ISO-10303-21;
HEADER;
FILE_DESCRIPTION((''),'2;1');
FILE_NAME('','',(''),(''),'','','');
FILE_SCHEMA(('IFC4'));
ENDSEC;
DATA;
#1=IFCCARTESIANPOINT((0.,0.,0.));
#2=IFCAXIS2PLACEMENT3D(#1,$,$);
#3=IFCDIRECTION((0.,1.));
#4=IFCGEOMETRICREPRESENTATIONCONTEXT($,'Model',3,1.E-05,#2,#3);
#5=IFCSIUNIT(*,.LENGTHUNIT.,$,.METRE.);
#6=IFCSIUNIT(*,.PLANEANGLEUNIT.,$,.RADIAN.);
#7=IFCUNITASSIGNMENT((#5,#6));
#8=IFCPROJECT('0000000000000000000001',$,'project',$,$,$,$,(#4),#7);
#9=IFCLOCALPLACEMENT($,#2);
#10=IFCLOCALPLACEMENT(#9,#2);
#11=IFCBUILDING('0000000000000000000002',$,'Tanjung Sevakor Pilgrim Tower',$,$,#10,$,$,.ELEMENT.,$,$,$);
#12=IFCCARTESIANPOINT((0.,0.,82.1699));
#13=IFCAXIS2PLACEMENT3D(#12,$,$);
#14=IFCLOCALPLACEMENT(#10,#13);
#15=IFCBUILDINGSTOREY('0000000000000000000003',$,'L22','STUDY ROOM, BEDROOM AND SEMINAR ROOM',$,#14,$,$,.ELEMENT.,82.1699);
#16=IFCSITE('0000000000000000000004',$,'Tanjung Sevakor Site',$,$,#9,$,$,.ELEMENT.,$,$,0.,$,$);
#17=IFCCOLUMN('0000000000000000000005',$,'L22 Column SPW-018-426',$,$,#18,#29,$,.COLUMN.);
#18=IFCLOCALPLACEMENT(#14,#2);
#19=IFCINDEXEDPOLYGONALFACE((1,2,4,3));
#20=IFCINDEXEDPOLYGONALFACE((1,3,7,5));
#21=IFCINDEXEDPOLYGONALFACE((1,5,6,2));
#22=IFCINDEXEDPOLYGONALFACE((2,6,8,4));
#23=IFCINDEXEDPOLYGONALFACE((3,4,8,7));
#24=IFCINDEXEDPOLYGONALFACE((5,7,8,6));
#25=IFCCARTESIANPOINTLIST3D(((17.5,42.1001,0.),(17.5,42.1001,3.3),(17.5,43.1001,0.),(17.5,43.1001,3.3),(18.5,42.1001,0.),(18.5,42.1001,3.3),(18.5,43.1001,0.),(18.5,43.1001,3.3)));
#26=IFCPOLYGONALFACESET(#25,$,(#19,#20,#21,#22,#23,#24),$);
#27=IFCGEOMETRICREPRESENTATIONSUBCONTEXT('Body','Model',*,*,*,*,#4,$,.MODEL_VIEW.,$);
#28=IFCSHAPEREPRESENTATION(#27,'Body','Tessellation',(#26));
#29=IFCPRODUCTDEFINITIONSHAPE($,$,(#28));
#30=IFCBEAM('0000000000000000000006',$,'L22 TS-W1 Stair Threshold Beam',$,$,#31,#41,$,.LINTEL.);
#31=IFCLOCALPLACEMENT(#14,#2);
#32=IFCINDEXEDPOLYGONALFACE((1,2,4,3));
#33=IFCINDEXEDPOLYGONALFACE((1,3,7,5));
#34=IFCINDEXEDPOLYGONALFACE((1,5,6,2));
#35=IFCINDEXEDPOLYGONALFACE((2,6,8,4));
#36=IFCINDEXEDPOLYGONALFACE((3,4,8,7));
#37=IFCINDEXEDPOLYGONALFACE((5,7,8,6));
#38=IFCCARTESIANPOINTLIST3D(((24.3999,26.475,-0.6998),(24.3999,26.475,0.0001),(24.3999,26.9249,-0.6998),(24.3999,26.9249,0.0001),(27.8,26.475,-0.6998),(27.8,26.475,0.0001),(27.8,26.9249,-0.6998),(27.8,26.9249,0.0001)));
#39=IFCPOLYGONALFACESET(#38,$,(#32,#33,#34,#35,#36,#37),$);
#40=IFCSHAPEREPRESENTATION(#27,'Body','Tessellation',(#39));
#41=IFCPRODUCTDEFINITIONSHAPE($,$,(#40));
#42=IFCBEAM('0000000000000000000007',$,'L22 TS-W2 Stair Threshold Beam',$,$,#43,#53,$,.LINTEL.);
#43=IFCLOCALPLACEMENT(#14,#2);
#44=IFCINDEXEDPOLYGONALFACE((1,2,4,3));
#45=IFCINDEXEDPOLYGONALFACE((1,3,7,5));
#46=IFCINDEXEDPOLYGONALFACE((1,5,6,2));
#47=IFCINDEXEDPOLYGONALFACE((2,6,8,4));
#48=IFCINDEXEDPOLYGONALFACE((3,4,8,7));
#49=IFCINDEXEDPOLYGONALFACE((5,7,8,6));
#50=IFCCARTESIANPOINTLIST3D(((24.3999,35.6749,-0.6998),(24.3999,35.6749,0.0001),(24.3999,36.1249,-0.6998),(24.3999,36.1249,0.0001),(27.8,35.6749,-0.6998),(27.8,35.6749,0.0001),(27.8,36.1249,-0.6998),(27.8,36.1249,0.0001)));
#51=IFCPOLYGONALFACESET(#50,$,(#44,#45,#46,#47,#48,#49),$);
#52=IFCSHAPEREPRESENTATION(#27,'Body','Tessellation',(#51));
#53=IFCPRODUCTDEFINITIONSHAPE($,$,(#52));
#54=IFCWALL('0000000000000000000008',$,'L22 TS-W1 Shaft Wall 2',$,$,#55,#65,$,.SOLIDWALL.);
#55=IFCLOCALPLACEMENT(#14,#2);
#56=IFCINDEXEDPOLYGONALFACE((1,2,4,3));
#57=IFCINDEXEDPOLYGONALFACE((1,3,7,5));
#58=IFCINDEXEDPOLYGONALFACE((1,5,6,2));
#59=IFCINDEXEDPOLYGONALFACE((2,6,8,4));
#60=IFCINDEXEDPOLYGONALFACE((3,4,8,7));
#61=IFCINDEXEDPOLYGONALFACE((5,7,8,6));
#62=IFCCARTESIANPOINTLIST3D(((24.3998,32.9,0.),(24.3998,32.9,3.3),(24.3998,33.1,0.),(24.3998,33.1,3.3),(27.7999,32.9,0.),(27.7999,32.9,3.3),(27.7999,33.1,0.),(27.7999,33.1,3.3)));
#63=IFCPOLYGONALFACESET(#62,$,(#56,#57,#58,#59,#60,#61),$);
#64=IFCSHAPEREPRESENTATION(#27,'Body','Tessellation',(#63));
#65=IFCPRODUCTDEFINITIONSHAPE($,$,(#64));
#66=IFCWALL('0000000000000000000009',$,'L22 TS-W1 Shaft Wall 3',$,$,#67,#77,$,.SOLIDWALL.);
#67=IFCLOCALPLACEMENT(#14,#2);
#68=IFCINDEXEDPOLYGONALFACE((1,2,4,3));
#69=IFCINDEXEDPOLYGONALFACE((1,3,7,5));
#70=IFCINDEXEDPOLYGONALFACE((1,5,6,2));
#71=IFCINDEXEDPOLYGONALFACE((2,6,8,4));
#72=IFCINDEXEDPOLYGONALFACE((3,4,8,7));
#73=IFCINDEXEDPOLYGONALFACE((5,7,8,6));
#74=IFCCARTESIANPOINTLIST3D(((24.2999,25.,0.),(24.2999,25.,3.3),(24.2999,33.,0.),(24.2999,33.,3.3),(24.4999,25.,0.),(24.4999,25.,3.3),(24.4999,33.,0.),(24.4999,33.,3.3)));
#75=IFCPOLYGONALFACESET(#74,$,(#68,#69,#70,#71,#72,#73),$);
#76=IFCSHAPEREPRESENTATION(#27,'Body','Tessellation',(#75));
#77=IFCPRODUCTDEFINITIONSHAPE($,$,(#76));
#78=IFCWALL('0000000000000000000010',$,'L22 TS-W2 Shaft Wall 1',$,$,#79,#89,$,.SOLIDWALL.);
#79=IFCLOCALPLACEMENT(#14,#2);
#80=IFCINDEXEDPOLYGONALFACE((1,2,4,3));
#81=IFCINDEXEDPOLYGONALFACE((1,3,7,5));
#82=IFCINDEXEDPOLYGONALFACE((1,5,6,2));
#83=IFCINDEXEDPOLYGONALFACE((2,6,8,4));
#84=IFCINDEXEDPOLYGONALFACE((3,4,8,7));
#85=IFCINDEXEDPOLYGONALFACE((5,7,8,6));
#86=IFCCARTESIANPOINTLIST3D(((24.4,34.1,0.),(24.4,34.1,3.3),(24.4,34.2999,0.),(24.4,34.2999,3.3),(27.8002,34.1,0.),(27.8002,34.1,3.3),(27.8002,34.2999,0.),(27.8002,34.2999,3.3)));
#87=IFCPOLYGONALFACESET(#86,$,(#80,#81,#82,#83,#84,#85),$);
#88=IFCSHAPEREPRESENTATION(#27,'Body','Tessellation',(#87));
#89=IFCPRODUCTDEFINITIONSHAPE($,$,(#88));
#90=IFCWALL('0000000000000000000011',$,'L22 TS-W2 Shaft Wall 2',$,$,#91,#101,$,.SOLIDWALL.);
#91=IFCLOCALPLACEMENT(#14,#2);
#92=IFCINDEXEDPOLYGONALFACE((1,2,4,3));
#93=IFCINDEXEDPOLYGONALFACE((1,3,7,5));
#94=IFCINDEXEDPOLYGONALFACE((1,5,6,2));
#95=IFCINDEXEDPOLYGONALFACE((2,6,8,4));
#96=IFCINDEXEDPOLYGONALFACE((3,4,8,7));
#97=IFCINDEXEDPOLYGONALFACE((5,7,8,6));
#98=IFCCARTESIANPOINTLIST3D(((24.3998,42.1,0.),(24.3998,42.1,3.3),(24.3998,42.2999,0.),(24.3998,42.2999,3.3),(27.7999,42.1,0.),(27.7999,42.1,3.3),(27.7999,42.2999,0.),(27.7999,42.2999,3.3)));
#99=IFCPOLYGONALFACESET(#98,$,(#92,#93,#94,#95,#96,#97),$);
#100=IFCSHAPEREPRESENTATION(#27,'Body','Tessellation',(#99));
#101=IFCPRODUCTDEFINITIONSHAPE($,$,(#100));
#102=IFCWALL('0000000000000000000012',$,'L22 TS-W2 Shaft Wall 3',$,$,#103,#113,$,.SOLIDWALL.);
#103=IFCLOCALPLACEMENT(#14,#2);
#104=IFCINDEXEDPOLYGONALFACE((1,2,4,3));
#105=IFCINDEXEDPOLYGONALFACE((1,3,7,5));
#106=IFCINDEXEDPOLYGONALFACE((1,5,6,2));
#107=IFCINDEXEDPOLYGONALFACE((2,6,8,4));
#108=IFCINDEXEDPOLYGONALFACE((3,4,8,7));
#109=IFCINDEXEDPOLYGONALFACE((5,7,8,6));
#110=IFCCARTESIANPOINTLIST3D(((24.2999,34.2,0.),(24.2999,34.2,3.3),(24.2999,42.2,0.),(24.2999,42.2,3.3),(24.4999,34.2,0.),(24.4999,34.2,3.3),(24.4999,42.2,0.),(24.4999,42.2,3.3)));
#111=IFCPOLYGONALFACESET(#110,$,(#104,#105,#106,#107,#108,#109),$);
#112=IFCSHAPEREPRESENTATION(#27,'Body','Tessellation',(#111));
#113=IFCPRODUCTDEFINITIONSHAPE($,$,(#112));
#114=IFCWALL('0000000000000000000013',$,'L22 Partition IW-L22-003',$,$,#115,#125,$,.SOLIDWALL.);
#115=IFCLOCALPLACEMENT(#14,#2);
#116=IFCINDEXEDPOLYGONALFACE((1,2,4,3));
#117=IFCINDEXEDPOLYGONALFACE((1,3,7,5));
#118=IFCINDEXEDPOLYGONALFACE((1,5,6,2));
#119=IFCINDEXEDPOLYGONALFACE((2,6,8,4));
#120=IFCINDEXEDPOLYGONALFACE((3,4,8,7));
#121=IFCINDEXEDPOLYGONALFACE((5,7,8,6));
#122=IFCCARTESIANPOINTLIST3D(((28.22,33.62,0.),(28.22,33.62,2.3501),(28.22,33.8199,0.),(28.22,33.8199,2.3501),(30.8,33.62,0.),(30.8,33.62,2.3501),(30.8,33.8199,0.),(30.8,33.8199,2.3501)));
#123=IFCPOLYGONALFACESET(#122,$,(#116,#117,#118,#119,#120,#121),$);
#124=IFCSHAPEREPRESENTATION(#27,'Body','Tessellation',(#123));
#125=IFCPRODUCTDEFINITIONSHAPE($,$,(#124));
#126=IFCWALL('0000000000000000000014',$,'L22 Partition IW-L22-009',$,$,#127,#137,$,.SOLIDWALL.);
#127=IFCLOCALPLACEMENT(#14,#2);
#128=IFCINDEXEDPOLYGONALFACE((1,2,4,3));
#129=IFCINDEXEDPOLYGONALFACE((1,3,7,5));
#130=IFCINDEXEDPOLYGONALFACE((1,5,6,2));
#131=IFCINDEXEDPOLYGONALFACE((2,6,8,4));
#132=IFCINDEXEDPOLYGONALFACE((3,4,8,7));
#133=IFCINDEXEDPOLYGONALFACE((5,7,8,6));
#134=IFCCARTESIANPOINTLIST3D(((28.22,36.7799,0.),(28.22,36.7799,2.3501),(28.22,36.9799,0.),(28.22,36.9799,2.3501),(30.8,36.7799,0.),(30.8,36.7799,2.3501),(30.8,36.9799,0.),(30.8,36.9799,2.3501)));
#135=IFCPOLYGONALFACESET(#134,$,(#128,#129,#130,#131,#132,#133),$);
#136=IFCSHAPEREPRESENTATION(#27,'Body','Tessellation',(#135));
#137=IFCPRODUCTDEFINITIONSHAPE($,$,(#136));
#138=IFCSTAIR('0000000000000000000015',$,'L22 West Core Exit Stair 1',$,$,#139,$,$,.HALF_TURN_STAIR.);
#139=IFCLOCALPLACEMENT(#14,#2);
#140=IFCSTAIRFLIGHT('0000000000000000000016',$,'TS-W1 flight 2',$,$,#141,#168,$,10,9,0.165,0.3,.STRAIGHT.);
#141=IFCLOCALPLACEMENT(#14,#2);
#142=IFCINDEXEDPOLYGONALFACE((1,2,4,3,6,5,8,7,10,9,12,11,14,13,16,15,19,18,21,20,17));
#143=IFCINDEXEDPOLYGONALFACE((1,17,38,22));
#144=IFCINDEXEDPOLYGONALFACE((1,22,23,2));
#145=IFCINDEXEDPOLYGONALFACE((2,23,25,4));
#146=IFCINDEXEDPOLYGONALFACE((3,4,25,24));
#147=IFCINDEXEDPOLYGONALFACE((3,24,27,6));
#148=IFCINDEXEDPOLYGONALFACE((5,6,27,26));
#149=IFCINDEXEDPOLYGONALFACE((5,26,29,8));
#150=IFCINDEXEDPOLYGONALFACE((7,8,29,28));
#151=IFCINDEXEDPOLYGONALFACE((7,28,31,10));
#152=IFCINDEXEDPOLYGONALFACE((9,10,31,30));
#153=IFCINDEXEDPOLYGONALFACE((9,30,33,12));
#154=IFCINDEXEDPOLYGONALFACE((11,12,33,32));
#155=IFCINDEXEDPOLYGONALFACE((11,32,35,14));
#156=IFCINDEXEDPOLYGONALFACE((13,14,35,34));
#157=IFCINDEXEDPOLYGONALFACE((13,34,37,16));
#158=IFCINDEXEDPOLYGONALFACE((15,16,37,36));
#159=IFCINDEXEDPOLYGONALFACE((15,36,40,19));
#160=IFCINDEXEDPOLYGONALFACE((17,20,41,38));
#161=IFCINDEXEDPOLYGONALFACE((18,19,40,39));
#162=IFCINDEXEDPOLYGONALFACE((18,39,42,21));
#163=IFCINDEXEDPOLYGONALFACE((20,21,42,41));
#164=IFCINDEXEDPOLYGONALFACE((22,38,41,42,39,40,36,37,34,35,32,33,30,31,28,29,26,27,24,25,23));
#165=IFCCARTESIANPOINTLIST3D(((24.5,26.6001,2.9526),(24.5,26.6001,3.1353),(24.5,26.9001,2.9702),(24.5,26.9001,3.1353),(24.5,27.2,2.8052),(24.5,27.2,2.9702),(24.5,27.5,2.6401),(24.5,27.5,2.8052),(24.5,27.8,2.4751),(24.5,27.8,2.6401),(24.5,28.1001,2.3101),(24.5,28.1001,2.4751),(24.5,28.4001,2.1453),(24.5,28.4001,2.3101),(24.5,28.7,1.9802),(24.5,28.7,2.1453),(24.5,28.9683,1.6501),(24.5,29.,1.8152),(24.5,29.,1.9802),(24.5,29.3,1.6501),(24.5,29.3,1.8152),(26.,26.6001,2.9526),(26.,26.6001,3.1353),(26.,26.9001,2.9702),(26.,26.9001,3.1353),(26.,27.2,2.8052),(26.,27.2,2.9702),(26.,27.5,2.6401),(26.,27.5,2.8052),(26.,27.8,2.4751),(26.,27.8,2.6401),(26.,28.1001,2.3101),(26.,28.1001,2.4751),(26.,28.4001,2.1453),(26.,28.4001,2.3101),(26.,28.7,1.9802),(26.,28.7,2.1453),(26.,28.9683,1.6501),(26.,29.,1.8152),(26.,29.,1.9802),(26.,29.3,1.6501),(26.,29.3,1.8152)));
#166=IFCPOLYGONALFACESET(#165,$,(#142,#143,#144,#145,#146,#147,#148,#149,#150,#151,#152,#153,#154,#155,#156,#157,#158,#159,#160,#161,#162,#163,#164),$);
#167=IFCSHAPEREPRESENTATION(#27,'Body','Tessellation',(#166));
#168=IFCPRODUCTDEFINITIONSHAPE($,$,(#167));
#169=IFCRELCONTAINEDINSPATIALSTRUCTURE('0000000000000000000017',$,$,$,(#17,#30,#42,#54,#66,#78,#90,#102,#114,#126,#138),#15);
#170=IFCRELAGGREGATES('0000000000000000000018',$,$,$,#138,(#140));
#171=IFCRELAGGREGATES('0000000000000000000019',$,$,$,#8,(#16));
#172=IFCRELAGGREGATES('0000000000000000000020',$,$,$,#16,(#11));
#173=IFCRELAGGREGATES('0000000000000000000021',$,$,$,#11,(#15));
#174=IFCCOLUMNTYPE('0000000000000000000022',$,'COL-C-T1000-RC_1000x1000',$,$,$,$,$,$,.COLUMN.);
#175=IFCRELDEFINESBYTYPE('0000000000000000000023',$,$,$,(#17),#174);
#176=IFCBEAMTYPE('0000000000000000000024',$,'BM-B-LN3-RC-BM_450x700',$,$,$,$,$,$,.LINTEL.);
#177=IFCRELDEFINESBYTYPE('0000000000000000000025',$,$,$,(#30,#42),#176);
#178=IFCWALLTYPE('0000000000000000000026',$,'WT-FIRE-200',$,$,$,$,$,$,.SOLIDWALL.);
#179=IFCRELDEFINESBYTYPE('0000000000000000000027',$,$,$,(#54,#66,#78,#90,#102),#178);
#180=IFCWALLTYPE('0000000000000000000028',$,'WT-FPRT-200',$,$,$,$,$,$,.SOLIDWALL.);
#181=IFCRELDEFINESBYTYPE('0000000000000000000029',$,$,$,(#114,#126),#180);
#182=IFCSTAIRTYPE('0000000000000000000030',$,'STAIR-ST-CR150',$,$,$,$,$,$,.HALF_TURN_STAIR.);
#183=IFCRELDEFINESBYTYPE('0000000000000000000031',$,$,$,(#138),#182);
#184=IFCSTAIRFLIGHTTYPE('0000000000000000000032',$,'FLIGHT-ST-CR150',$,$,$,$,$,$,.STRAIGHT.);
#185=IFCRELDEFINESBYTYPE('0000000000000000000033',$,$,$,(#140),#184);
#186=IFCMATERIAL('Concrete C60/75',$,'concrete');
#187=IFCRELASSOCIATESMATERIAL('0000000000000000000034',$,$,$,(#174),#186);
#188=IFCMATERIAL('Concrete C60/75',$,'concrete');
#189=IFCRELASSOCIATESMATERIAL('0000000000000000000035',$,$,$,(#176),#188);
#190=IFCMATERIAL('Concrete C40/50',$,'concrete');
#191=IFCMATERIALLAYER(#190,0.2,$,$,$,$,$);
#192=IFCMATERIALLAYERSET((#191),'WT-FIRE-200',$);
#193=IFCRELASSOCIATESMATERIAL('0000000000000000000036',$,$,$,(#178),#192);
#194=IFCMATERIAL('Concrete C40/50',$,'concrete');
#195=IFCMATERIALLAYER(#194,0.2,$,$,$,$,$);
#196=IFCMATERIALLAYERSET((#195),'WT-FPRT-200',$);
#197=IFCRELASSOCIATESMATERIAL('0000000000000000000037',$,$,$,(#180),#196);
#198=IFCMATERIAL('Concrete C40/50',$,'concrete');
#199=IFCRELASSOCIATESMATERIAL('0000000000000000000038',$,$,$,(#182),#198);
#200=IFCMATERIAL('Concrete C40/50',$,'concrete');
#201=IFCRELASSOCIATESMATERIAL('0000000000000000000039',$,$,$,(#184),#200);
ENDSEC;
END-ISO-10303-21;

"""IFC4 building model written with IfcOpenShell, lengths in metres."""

from ifc_helpers import new_model, si_unit, direction, frame, frame_2d, origin, origin_2d, place, context, subcontext, project, spatial, polyline, rectangle, outline, extrude, material, layer, layer_set, material_profile, profile_set, type_object, element, aggregate, save


model = new_model("IFC4")

# Units and contexts
model_context = context("Model", 3, precision=1e-05, world=origin(), true_north=direction((0.0, 1.0)))
body_context = subcontext(model_context, "Body", "Model", "MODEL_VIEW")
ifc_project = project(units=[si_unit("LENGTHUNIT", "METRE"), si_unit("PLANEANGLEUNIT", "RADIAN")], contexts=[model_context])

# Site, building, storey
site_placement = place(None, origin())
site = spatial("IfcSite", under=ifc_project, at=site_placement, Name="Tanjung Sevakor Site", CompositionType="ELEMENT", RefElevation=0.0)
building_placement = place(site_placement, origin())
building = spatial("IfcBuilding", under=site, at=building_placement, Name="Tanjung Sevakor Pilgrim Tower", CompositionType="ELEMENT")
storey_placement = place(building_placement, frame((0.0, 0.0, 82.1699)))
storey = spatial("IfcBuildingStorey", under=building, at=storey_placement, Name="L22", Description="STUDY ROOM, BEDROOM AND SEMINAR ROOM", CompositionType="ELEMENT", Elevation=82.1699)

# Column
ifc_material_1 = material(Name="Concrete C60/75", Category="concrete")
ifc_material_profile_1 = material_profile(ifc_material_1, rectangle(XDim=1.0, YDim=1.0, at=origin_2d()))
ifc_profile_set_1 = profile_set([ifc_material_profile_1], Name="Concrete C60/75")
column_type = type_object("IfcColumnType", Name="COL-C-T1000-RC_1000x1000", PredefinedType="COLUMN", material=ifc_profile_set_1)
column_placement = place(storey_placement, frame((18.0, 42.6001, 0.0), z_axis=(0.0, 0.0, 1.0), x_axis=(1.0, 0.0, 0.0)))
element("IfcColumn", 1, at=column_placement, inside=storey, type_object=column_type, Name="L22 Column SPW-018-426", PredefinedType="COLUMN", context=body_context, shape_type="SweptSolid", body=[
    extrude(rectangle(XDim=1.0, YDim=1.0, at=origin_2d()), origin(), (0.0, 0.0, 1.0), 3.3),
])

# Beams
ifc_material_2 = material(Name="Concrete C60/75", Category="concrete")
ifc_material_profile_2 = material_profile(ifc_material_2, rectangle(XDim=0.45, YDim=0.7, at=origin_2d()))
ifc_profile_set_2 = profile_set([ifc_material_profile_2], Name="Concrete C60/75")
beam_type = type_object("IfcBeamType", Name="BM-B-LN3-RC-BM_450x700", PredefinedType="LINTEL", material=ifc_profile_set_2)
for number, where, z_axis, x_axis, name in (
    (2, (24.3999, 26.7, -0.3499), (1.0, 0.0, 0.0), (0.0, 1.0, 0.0), "L22 TS-W1 Stair Threshold Beam"),
    (3, (24.3999, 35.8999, -0.3499), (1.0, 0.0, 0.0), (0.0, 1.0, 0.0), "L22 TS-W2 Stair Threshold Beam"),
):
    element("IfcBeam", number, at=place(storey_placement, frame(where, z_axis=z_axis, x_axis=x_axis)), inside=storey, type_object=beam_type, Name=name, PredefinedType="LINTEL", context=body_context, shape_type="SweptSolid", body=[
        extrude(rectangle(XDim=0.45, YDim=0.7, at=origin_2d()), origin(), (0.0, 0.0, 1.0), 3.4001),
    ])

# Walls
ifc_material_3 = material(Name="Concrete C40/50", Category="concrete")
ifc_layer_1 = layer(ifc_material_3, 0.2)
ifc_layer_set_1 = layer_set([ifc_layer_1], Name="WT-FIRE-200")
wall_type_1 = type_object("IfcWallType", Name="WT-FIRE-200", PredefinedType="SOLIDWALL", material=ifc_layer_set_1)
wall_1_placement = place(storey_placement, frame((27.8, 33.0, 0.0), z_axis=(0.0, 0.0, 1.0), x_axis=(-1.0, 0.0, 0.0)))
element("IfcWall", 4, at=wall_1_placement, inside=storey, type_object=wall_type_1, Name="L22 TS-W1 Shaft Wall 2", PredefinedType="SOLIDWALL", context=body_context, shape_type="SweptSolid", body=[
    extrude(rectangle(XDim=3.4001, YDim=0.2, at=frame_2d((1.7002, 0.0))), origin(), (0.0, 0.0, 1.0), 3.3),
])
wall_2_placement = place(storey_placement, frame((24.3999, 33.0, 0.0), z_axis=(0.0, 0.0, 1.0), x_axis=(0.0, -1.0, 0.0)))
element("IfcWall", 5, at=wall_2_placement, inside=storey, type_object=wall_type_1, Name="L22 TS-W1 Shaft Wall 3", PredefinedType="SOLIDWALL", context=body_context, shape_type="SweptSolid", body=[
    extrude(rectangle(XDim=8.0, YDim=0.2, at=frame_2d((4.0, 0.0))), origin(), (0.0, 0.0, 1.0), 3.3),
])
for number, where, z_axis, x_axis, name in (
    (6, (24.3999, 34.2, 0.0), (0.0, 0.0, 1.0), (1.0, 0.0, 0.0), "L22 TS-W2 Shaft Wall 1"),
    (7, (27.8, 42.2, 0.0), (0.0, 0.0, 1.0), (-1.0, 0.0, 0.0), "L22 TS-W2 Shaft Wall 2"),
):
    element("IfcWall", number, at=place(storey_placement, frame(where, z_axis=z_axis, x_axis=x_axis)), inside=storey, type_object=wall_type_1, Name=name, PredefinedType="SOLIDWALL", context=body_context, shape_type="SweptSolid", body=[
        extrude(rectangle(XDim=3.4001, YDim=0.2, at=frame_2d((1.7002, 0.0))), origin(), (0.0, 0.0, 1.0), 3.3),
    ])
wall_3_placement = place(storey_placement, frame((24.3999, 42.2, 0.0), z_axis=(0.0, 0.0, 1.0), x_axis=(0.0, -1.0, 0.0)))
element("IfcWall", 8, at=wall_3_placement, inside=storey, type_object=wall_type_1, Name="L22 TS-W2 Shaft Wall 3", PredefinedType="SOLIDWALL", context=body_context, shape_type="SweptSolid", body=[
    extrude(rectangle(XDim=8.0, YDim=0.2, at=frame_2d((4.0, 0.0))), origin(), (0.0, 0.0, 1.0), 3.3),
])

# Shared definitions
ifc_material_4 = material(Name="Concrete C40/50", Category="concrete")
ifc_layer_2 = layer(ifc_material_4, 0.2)
ifc_layer_set_2 = layer_set([ifc_layer_2], Name="WT-FPRT-200")
wall_type_2 = type_object("IfcWallType", Name="WT-FPRT-200", PredefinedType="SOLIDWALL", material=ifc_layer_set_2)

# Walls
for number, where, z_axis, x_axis, name in (
    (9, (28.22, 33.72, 0.0), (0.0, 0.0, 1.0), (1.0, 0.0, 0.0), "L22 Partition IW-L22-003"),
    (10, (28.22, 36.8799, 0.0), (0.0, 0.0, 1.0), (1.0, 0.0, 0.0), "L22 Partition IW-L22-009"),
):
    element("IfcWall", number, at=place(storey_placement, frame(where, z_axis=z_axis, x_axis=x_axis)), inside=storey, type_object=wall_type_2, Name=name, PredefinedType="SOLIDWALL", context=body_context, shape_type="SweptSolid", body=[
        extrude(rectangle(XDim=2.5801, YDim=0.2, at=frame_2d((1.29, 0.0))), origin(), (0.0, 0.0, 1.0), 2.3501),
    ])

# Stair, stair flight
ifc_material_5 = material(Name="Concrete C40/50", Category="concrete")
stair_type = type_object("IfcStairType", Name="STAIR-ST-CR150", PredefinedType="HALF_TURN_STAIR", material=ifc_material_5)
stair_1_placement = place(storey_placement, origin())
stair_1 = element("IfcStair", 11, at=stair_1_placement, inside=storey, type_object=stair_type, Name="L22 West Core Exit Stair 1", PredefinedType="HALF_TURN_STAIR")
ifc_material_6 = material(Name="Concrete C40/50", Category="concrete")
stair_flight_type = type_object("IfcStairFlightType", Name="FLIGHT-ST-CR150", PredefinedType="STRAIGHT", material=ifc_material_6)
stair_flight_1_placement = place(storey_placement, frame((25.25, 29.3, 1.6501), z_axis=(0.0, 0.0, 1.0), x_axis=(0.0, -1.0, 0.0)))
stair_flight_1 = element("IfcStairFlight", 12, at=stair_flight_1_placement, type_object=stair_flight_type, Name="TS-W1 flight 2", NumberOfRisers=10, NumberOfTreads=9, PredefinedType="STRAIGHT", RiserHeight=0.165, TreadLength=0.3, context=body_context, shape_type="SweptSolid", body=[
    extrude(outline(polyline([(0.0, 0.0), (0.0, 0.165), (0.3, 0.165), (0.3, 0.3301), (0.6001, 0.3301), (0.6001, 0.4951), (0.8999, 0.4951), (0.8999, 0.6599), (1.2, 0.6599), (1.2, 0.825), (1.5, 0.825), (1.5, 0.99), (1.8, 0.99), (1.8, 1.155), (2.1001, 1.155), (2.1001, 1.3201), (2.3999, 1.3201), (2.3999, 1.4851), (2.7, 1.4851), (2.7, 1.6499), (2.7, 1.3025), (0.3318, 0.0), (0.0, 0.0)])), frame((0.0, 0.75, 0.0), z_axis=(0.0, -1.0, 0.0), x_axis=(1.0, 0.0, 0.0)), (0.0, 0.0, 1.0), 1.5),
])
aggregate(stair_1, [stair_flight_1])

save(model, "model.ifc")
